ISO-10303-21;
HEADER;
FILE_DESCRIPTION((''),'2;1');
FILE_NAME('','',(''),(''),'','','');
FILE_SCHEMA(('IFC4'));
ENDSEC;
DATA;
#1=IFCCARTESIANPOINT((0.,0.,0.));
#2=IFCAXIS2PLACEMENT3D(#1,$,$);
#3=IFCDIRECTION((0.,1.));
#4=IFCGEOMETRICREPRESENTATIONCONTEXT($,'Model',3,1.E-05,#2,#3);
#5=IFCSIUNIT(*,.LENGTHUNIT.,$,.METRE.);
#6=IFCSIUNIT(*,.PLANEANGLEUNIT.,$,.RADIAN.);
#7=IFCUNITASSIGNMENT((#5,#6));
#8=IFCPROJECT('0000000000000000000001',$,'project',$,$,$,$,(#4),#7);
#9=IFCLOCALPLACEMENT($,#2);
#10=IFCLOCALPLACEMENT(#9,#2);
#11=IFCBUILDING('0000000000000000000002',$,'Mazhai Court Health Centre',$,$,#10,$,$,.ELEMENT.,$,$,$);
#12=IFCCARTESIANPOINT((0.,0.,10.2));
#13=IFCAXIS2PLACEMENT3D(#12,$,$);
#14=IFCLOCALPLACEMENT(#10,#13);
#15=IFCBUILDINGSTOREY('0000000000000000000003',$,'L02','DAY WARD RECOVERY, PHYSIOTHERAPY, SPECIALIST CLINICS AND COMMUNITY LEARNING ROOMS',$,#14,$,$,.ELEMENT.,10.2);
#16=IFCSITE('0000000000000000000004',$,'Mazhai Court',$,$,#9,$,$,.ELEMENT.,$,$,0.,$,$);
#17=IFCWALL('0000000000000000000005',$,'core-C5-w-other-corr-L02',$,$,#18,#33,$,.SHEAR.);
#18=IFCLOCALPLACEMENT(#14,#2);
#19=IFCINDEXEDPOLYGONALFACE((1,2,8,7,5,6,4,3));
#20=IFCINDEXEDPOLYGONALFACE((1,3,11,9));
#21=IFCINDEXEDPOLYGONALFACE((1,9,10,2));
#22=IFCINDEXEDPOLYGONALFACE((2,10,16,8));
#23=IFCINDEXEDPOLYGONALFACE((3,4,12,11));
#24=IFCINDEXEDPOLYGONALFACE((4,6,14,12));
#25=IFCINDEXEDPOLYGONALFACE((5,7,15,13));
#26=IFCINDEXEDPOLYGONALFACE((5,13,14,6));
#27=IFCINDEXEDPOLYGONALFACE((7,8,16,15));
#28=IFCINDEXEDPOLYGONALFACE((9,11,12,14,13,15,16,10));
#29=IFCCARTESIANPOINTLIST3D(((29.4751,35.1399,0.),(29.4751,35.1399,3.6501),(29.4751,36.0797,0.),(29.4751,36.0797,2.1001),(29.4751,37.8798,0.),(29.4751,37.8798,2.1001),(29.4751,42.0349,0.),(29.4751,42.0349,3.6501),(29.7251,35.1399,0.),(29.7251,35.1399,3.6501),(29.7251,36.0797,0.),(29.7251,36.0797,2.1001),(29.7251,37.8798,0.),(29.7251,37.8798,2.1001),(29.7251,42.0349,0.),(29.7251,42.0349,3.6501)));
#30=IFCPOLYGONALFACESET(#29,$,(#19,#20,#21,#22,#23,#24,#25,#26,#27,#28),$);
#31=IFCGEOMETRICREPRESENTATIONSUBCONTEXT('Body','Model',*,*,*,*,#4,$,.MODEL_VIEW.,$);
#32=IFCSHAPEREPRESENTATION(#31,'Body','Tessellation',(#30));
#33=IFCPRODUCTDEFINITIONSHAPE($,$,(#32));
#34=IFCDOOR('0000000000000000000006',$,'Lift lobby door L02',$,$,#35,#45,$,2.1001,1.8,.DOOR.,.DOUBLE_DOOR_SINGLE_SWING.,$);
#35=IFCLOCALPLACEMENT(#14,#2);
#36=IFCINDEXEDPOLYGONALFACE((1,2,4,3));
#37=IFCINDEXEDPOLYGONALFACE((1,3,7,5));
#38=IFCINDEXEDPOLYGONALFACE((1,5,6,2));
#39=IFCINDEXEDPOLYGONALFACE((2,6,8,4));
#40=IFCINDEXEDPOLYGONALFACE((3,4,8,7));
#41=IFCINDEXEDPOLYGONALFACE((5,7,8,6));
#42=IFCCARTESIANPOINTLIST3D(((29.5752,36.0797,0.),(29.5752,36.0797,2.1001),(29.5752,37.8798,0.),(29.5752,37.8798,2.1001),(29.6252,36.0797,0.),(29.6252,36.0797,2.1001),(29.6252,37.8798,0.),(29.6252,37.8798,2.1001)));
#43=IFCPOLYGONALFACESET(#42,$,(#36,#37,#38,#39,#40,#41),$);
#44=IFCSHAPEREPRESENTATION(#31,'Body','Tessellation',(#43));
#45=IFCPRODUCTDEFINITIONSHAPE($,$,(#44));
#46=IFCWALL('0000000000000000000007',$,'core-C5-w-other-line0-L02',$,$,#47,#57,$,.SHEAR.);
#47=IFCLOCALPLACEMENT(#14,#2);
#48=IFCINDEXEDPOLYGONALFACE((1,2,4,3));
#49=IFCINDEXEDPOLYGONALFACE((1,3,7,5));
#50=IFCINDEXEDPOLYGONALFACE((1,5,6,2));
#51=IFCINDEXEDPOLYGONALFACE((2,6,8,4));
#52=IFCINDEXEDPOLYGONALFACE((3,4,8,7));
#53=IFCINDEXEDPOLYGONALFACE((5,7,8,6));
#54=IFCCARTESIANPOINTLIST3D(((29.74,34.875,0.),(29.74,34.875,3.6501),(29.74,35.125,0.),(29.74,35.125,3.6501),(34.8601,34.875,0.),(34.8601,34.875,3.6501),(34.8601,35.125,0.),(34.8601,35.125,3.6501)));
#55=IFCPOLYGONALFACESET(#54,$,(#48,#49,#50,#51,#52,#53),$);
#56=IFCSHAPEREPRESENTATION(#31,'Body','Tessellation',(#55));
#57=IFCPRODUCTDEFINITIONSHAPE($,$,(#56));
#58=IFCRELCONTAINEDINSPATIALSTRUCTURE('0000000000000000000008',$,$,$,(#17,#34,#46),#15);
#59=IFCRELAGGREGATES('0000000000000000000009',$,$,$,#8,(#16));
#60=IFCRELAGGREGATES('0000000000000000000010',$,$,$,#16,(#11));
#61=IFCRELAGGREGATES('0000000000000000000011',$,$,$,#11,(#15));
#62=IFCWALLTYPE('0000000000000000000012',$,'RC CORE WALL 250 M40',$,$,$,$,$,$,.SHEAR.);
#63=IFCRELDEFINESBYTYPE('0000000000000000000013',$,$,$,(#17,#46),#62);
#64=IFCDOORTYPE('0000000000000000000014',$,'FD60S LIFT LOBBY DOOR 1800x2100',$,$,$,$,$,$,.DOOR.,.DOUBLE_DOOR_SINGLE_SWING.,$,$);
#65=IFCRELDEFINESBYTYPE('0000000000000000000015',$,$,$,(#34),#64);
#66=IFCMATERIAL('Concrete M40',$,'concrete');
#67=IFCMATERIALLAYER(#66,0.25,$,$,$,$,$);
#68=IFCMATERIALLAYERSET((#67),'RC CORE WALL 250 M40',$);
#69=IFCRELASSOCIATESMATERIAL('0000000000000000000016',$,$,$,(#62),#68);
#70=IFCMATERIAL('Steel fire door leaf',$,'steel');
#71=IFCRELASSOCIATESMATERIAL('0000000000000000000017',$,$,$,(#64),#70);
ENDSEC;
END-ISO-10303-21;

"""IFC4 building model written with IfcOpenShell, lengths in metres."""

from ifc_helpers import new_model, si_unit, direction, frame, frame_2d, origin, place, context, subcontext, project, spatial, rectangle, extrude, material, layer, layer_set, type_object, element, fill, save


model = new_model("IFC4")

# Units and contexts
model_context = context("Model", 3, precision=1e-05, world=origin(), true_north=direction((0.0, 1.0)))
body_context = subcontext(model_context, "Body", "Model", "MODEL_VIEW")
ifc_project = project(units=[si_unit("LENGTHUNIT", "METRE"), si_unit("PLANEANGLEUNIT", "RADIAN")], contexts=[model_context])

# Site, building, storey
site_placement = place(None, origin())
site = spatial("IfcSite", under=ifc_project, at=site_placement, Name="Mazhai Court", CompositionType="ELEMENT", RefElevation=0.0)
building_placement = place(site_placement, origin())
building = spatial("IfcBuilding", under=site, at=building_placement, Name="Mazhai Court Health Centre", CompositionType="ELEMENT")
storey_placement = place(building_placement, frame((0.0, 0.0, 10.2)))
storey = spatial("IfcBuildingStorey", under=building, at=storey_placement, Name="L02", Description="DAY WARD RECOVERY, PHYSIOTHERAPY, SPECIALIST CLINICS AND COMMUNITY LEARNING ROOMS", CompositionType="ELEMENT", Elevation=10.2)

# Wall, opening, door
ifc_material_1 = material(Name="Concrete M40", Category="concrete")
ifc_layer_1 = layer(ifc_material_1, 0.25)
ifc_layer_set_1 = layer_set([ifc_layer_1], Name="RC CORE WALL 250 M40")
wall_type_1 = type_object("IfcWallType", Name="RC CORE WALL 250 M40", PredefinedType="SHEAR", material=ifc_layer_set_1)
wall_1_placement = place(storey_placement, frame((29.6001, 35.1399, 0.0), z_axis=(0.0, 0.0, 1.0), x_axis=(0.0, 1.0, 0.0)))
wall_1 = element("IfcWall", 1, at=wall_1_placement, inside=storey, type_object=wall_type_1, Name="core-C5-w-other-corr-L02", PredefinedType="SHEAR", context=body_context, shape_type="SweptSolid", body=[
    extrude(rectangle(XDim=6.895, YDim=0.25, at=frame_2d((3.4475, 0.0))), origin(), (0.0, 0.0, 1.0), 3.6501),
])
opening_1_placement = place(wall_1_placement, frame((0.9399, 0.0, 0.0)))
opening_1 = element("IfcOpeningElement", 2, at=opening_1_placement, cuts=wall_1, PredefinedType="OPENING", context=body_context, shape_type="SweptSolid", body=[
    extrude(rectangle(XDim=1.8, YDim=2.1001, at=frame_2d((0.8999, 1.05))), frame((0.0, 0.135, 0.0), z_axis=(0.0, -1.0, 0.0), x_axis=(1.0, 0.0, 0.0)), (0.0, 0.0, 1.0), 0.27),
])
ifc_material_2 = material(Name="Steel fire door leaf", Category="steel")
door_type_1 = type_object("IfcDoorType", Name="FD60S LIFT LOBBY DOOR 1800x2100", OperationType="DOUBLE_DOOR_SINGLE_SWING", PredefinedType="DOOR", material=ifc_material_2)
door_1_placement = place(opening_1_placement, origin())
door_1 = element("IfcDoor", 3, at=door_1_placement, inside=storey, type_object=door_type_1, Name="Lift lobby door L02", OperationType="DOUBLE_DOOR_SINGLE_SWING", OverallHeight=2.1001, OverallWidth=1.8, PredefinedType="DOOR", context=body_context, shape_type="SweptSolid", body=[
    extrude(rectangle(XDim=1.8, YDim=2.1001, at=frame_2d((0.8999, 1.05))), frame((0.0, 0.0249, 0.0), z_axis=(0.0, -1.0, 0.0), x_axis=(1.0, 0.0, 0.0)), (0.0, 0.0, 1.0), 0.05),
])
fill(opening_1, door_1)

# Wall
wall_2_placement = place(storey_placement, frame((29.74, 35.0, 0.0), z_axis=(0.0, 0.0, 1.0), x_axis=(1.0, 0.0, 0.0)))
element("IfcWall", 4, at=wall_2_placement, inside=storey, type_object=wall_type_1, Name="core-C5-w-other-line0-L02", PredefinedType="SHEAR", context=body_context, shape_type="SweptSolid", body=[
    extrude(rectangle(XDim=5.1201, YDim=0.25, at=frame_2d((2.5601, 0.0))), origin(), (0.0, 0.0, 1.0), 3.6501),
])

save(model, "model.ifc")
